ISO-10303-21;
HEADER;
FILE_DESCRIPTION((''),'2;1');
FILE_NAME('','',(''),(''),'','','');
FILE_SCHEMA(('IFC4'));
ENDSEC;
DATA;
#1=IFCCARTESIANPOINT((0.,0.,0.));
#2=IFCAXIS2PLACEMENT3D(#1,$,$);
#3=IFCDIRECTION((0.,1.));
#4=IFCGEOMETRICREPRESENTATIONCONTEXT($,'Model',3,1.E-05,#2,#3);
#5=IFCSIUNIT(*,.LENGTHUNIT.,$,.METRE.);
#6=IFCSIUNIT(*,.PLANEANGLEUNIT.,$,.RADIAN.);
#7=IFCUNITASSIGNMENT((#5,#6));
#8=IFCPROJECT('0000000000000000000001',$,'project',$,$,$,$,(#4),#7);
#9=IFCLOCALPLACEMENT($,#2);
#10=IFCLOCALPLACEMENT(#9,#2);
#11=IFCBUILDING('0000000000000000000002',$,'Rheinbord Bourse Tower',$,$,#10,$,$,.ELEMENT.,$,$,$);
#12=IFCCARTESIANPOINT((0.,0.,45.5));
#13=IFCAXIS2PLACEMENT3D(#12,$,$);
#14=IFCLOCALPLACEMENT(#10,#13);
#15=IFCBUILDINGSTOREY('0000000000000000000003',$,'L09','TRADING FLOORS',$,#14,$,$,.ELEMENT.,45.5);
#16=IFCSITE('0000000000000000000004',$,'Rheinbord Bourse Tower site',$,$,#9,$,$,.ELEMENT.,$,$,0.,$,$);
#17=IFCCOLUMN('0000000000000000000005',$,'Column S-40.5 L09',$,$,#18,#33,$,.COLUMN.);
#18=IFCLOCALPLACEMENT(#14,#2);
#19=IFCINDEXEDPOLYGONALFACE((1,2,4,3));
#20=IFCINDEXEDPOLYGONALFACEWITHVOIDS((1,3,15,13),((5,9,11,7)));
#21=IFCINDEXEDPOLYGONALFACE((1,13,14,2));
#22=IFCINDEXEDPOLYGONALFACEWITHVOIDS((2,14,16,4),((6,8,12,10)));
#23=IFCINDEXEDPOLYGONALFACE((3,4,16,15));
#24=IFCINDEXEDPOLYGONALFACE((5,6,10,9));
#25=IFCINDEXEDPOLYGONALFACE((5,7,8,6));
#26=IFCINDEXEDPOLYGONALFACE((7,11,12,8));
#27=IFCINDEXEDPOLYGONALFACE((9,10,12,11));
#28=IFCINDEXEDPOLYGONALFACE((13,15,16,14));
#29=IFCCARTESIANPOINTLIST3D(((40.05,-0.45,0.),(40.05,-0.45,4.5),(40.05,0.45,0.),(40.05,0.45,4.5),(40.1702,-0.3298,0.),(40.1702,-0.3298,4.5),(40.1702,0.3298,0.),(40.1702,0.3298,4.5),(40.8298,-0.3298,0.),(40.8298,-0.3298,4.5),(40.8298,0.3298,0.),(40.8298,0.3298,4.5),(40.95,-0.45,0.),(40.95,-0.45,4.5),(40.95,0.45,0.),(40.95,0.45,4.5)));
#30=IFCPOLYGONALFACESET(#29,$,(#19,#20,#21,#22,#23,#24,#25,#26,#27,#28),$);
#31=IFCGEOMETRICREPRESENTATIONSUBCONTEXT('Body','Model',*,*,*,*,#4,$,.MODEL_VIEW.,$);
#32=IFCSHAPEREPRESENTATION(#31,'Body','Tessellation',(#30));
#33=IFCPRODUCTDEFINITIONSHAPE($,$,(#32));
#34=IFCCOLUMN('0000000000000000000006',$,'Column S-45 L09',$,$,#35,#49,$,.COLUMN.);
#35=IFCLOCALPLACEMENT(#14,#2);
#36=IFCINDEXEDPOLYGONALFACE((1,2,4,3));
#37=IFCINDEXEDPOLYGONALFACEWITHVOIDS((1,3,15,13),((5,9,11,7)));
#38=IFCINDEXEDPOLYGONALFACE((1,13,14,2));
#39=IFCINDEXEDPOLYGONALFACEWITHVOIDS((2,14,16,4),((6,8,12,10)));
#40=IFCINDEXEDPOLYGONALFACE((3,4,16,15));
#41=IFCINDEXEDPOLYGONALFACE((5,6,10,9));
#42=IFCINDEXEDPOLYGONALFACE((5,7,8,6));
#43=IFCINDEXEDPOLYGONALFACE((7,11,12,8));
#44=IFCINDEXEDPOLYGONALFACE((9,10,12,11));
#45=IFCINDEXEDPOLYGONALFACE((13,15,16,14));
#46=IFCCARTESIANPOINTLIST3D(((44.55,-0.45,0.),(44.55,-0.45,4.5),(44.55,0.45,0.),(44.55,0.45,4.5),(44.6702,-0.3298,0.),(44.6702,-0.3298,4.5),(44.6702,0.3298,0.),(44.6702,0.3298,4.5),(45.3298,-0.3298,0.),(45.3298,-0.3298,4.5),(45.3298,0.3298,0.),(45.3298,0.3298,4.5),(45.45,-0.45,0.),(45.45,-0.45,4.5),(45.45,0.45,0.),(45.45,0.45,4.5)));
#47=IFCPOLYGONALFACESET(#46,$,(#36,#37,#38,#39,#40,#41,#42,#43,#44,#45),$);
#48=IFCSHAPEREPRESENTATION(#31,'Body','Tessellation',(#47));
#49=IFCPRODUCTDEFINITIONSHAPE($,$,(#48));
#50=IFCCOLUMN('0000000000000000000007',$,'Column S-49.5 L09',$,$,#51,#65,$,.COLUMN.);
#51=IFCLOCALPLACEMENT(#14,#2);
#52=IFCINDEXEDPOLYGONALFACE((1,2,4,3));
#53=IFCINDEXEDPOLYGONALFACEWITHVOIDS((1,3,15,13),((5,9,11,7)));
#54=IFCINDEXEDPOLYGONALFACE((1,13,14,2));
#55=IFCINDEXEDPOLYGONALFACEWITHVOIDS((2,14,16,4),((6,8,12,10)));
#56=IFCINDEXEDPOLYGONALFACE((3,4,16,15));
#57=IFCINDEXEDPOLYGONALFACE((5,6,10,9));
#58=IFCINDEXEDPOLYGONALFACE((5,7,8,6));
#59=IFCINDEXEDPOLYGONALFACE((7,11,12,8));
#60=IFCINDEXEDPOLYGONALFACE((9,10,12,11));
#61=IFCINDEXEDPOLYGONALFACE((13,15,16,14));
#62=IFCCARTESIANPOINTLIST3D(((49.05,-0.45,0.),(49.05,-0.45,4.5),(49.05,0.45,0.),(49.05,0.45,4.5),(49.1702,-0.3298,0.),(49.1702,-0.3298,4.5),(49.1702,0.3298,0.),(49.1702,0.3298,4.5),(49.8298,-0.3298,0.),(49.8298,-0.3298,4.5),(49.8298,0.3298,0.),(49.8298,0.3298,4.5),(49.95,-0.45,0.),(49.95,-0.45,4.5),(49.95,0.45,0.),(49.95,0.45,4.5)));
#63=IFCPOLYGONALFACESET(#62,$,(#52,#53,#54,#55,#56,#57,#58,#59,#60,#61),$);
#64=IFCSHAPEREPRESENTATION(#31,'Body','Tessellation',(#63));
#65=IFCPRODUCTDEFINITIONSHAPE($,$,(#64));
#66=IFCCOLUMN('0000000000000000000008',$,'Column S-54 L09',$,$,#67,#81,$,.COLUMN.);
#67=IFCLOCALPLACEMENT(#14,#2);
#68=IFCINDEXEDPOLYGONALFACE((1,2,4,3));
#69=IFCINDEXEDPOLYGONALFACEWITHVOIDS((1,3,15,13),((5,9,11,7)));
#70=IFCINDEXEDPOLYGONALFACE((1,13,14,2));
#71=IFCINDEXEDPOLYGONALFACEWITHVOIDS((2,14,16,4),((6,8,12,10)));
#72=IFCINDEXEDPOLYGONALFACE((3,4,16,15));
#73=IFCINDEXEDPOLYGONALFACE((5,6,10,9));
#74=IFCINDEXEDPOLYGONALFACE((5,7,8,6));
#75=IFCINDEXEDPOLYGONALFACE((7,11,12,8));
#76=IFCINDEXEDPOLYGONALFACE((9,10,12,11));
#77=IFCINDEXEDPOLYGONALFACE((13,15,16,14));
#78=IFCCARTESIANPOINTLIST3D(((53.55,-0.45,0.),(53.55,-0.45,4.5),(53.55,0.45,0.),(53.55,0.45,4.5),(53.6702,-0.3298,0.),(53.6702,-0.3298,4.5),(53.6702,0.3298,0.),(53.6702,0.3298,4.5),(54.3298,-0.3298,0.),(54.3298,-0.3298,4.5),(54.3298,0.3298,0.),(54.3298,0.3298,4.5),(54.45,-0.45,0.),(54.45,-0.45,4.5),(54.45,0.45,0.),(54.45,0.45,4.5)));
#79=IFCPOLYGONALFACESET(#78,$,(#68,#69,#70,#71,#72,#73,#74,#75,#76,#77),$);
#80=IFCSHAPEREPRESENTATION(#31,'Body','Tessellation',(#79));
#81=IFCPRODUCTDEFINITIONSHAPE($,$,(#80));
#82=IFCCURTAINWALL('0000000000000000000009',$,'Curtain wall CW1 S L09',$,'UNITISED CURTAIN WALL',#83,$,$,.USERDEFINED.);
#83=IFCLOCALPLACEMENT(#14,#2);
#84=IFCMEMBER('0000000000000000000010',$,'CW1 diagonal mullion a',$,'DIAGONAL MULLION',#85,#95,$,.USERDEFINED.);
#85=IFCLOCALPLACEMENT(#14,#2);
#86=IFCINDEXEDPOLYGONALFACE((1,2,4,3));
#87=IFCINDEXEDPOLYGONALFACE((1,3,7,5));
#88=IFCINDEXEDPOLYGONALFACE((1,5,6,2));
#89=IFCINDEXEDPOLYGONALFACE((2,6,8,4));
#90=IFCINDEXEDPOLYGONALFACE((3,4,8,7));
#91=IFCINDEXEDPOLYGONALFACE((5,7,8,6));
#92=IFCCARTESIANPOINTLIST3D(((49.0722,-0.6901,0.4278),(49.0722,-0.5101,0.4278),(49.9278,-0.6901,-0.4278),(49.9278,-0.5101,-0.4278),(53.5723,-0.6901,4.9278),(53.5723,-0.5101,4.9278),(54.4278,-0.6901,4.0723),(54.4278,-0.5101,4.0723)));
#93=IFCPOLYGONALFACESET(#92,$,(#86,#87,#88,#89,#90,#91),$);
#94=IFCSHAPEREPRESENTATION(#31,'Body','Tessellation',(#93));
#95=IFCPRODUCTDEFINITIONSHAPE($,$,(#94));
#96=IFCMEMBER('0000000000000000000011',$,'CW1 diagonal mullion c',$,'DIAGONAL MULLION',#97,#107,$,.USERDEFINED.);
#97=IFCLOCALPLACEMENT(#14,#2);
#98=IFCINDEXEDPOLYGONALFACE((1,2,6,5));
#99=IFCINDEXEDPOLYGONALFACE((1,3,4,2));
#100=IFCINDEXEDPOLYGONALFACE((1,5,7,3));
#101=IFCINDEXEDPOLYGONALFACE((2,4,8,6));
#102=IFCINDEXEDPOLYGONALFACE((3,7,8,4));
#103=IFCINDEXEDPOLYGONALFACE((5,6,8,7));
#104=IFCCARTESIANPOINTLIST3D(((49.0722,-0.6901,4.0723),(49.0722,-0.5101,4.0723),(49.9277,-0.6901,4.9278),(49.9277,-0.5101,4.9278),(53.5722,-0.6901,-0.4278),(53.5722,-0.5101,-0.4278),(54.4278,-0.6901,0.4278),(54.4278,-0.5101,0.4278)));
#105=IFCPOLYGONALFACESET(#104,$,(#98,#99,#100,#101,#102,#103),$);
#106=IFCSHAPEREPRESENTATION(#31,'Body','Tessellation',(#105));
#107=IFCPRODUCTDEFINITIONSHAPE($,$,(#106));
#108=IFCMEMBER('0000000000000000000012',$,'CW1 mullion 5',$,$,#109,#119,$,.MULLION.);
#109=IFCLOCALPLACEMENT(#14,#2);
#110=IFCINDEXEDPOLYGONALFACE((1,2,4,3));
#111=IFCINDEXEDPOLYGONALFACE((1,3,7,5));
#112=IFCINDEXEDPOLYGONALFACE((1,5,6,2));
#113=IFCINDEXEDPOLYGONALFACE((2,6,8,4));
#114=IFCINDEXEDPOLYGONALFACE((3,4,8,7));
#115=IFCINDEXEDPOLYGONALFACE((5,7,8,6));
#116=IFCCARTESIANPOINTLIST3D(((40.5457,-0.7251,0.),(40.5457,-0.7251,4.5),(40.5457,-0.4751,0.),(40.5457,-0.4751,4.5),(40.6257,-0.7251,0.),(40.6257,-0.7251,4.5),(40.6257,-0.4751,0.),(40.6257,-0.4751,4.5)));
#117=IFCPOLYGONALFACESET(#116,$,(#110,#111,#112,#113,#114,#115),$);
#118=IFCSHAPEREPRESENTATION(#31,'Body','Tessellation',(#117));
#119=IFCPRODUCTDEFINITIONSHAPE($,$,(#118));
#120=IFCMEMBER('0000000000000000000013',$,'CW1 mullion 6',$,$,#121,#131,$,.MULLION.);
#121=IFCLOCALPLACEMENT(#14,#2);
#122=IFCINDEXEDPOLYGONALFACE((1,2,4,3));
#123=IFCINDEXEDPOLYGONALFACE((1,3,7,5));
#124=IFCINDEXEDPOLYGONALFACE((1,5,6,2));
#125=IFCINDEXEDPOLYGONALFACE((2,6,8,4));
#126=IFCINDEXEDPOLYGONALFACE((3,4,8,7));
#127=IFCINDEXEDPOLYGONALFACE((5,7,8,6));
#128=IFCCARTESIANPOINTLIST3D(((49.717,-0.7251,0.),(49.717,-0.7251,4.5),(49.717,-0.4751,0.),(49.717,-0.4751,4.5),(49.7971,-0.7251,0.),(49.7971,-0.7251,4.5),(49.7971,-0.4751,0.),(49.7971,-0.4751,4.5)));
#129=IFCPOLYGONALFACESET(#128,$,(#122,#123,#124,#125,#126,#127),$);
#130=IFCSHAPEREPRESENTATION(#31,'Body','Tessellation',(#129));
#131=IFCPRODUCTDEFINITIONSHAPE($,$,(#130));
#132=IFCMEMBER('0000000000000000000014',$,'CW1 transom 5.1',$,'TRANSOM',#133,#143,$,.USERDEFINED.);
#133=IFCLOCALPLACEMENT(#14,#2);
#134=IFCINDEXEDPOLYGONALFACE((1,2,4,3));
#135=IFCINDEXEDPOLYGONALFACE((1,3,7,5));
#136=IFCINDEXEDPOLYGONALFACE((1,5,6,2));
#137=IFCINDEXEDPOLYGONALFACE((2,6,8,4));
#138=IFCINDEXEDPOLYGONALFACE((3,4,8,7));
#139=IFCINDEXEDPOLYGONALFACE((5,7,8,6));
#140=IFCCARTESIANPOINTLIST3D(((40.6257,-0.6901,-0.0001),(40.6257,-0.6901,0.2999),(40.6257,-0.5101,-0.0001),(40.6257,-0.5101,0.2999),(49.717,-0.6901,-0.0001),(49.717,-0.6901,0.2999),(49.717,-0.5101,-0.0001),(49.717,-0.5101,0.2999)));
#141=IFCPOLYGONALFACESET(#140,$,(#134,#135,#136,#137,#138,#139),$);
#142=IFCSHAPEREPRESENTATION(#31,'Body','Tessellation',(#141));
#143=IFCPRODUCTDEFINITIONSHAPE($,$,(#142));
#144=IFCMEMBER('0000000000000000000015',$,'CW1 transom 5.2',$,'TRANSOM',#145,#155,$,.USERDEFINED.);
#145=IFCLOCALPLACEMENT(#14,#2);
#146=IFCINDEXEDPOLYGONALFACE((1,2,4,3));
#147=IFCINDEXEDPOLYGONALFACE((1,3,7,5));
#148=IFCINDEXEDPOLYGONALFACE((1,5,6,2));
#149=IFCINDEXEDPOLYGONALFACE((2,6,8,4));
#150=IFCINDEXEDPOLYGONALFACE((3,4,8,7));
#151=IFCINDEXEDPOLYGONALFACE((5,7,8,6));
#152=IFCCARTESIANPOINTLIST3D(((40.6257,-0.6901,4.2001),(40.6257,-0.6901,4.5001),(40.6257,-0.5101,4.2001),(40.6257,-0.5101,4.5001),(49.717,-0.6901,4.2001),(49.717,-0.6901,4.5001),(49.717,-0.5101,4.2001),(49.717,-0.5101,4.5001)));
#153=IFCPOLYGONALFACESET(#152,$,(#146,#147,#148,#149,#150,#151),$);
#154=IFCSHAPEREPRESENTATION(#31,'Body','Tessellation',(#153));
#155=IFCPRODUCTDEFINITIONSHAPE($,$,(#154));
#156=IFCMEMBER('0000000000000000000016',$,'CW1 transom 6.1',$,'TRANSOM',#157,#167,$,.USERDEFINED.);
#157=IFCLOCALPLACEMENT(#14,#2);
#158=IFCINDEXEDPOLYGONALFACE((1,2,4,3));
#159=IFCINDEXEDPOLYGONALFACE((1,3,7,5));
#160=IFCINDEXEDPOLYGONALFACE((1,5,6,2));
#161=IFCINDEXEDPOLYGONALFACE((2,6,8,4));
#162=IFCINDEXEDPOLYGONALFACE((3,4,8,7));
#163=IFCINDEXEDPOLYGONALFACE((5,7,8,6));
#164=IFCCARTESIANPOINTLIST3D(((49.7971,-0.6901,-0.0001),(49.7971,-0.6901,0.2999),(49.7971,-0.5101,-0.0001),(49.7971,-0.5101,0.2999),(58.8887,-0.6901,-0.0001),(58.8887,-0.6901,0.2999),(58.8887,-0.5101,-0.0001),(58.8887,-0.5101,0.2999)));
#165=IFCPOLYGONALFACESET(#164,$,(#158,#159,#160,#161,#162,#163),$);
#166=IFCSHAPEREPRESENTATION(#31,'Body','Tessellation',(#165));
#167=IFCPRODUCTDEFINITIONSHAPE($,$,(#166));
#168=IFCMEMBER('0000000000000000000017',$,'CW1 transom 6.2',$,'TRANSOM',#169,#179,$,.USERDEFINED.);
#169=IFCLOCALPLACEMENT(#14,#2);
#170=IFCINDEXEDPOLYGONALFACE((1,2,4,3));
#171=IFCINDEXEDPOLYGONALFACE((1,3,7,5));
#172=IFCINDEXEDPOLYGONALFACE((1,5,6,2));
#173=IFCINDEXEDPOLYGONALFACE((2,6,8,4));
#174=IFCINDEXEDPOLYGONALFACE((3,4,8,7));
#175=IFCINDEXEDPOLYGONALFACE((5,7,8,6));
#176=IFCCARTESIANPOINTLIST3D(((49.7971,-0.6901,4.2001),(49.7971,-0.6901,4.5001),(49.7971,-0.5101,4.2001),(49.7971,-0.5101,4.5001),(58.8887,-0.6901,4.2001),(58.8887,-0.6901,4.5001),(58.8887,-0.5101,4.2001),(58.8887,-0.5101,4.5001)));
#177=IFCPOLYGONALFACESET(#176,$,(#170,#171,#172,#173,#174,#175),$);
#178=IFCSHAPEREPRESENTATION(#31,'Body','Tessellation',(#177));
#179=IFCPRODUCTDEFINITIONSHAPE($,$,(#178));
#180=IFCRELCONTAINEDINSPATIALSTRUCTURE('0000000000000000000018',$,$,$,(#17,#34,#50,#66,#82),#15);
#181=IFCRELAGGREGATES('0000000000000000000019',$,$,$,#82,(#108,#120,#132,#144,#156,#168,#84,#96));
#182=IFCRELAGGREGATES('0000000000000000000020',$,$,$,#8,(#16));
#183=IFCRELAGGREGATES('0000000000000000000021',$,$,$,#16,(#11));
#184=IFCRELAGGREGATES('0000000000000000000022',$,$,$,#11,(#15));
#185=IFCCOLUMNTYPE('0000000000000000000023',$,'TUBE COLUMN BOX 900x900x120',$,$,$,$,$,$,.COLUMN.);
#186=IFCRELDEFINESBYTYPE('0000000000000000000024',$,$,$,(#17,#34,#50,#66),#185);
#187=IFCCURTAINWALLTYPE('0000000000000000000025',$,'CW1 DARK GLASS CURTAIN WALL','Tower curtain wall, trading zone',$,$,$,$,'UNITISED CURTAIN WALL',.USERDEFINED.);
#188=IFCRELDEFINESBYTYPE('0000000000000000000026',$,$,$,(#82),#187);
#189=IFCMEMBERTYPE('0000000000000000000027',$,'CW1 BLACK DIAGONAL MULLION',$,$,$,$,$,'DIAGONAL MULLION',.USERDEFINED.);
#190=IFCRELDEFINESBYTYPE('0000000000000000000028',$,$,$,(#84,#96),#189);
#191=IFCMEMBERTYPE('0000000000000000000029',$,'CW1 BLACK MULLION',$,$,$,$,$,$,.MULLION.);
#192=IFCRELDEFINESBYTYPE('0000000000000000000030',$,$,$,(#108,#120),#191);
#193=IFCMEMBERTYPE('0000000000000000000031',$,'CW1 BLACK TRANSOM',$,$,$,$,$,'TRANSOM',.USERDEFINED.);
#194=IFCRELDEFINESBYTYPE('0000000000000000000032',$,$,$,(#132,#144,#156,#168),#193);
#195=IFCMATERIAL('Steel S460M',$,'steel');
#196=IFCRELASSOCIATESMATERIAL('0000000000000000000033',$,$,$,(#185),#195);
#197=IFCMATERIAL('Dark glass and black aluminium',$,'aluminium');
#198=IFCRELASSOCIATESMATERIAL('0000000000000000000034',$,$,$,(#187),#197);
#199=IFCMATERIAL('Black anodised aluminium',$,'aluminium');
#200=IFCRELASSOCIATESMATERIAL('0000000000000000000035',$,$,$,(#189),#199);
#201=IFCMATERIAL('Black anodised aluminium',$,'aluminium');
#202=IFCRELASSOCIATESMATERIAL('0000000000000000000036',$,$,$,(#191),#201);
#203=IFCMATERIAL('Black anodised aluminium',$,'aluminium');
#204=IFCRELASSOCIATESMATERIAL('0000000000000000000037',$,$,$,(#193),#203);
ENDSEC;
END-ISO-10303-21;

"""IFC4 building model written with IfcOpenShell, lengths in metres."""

from ifc_helpers import new_model, si_unit, direction, frame, origin, origin_2d, place, context, subcontext, project, spatial, rectangle, hollow_rectangle, extrude, material, material_profile, profile_set, type_object, element, aggregate, save


model = new_model("IFC4")

# Units and contexts
model_context = context("Model", 3, precision=1e-05, world=origin(), true_north=direction((0.0, 1.0)))
body_context = subcontext(model_context, "Body", "Model", "MODEL_VIEW")
ifc_project = project(units=[si_unit("LENGTHUNIT", "METRE"), si_unit("PLANEANGLEUNIT", "RADIAN")], contexts=[model_context])

# Site, building, storey
site_placement = place(None, origin())
site = spatial("IfcSite", under=ifc_project, at=site_placement, Name="Rheinbord Bourse Tower site", CompositionType="ELEMENT", RefElevation=0.0)
building_placement = place(site_placement, origin())
building = spatial("IfcBuilding", under=site, at=building_placement, Name="Rheinbord Bourse Tower", CompositionType="ELEMENT")
storey_placement = place(building_placement, frame((0.0, 0.0, 45.5)))
storey = spatial("IfcBuildingStorey", under=building, at=storey_placement, Name="L09", Description="TRADING FLOORS", CompositionType="ELEMENT", Elevation=45.5)

# Columns
ifc_material_1 = material(Name="Steel S460M", Category="steel")
ifc_material_profile_1 = material_profile(ifc_material_1, hollow_rectangle(XDim=0.8999, YDim=0.8999, WallThickness=0.1201, at=origin_2d()), Name="BOX 900x900x120")
ifc_profile_set_1 = profile_set([ifc_material_profile_1], Name="Steel S460M")
column_type = type_object("IfcColumnType", Name="TUBE COLUMN BOX 900x900x120", PredefinedType="COLUMN", material=ifc_profile_set_1)
for number, where, z_axis, x_axis, name in (
    (1, (40.5, 0.0, 0.0), (0.0, 0.0, 1.0), (0.0, 1.0, 0.0), "Column S-40.5 L09"),
    (2, (45.0, 0.0, 0.0), (0.0, 0.0, 1.0), (0.0, 1.0, 0.0), "Column S-45 L09"),
    (3, (49.5, 0.0, 0.0), (0.0, 0.0, 1.0), (0.0, 1.0, 0.0), "Column S-49.5 L09"),
    (4, (54.0, 0.0, 0.0), (0.0, 0.0, 1.0), (0.0, 1.0, 0.0), "Column S-54 L09"),
):
    element("IfcColumn", number, at=place(storey_placement, frame(where, z_axis=z_axis, x_axis=x_axis)), inside=storey, type_object=column_type, Name=name, PredefinedType="COLUMN", context=body_context, shape_type="SweptSolid", body=[
        extrude(hollow_rectangle(XDim=0.8999, YDim=0.8999, WallThickness=0.1201, at=origin_2d()), origin(), (0.0, 0.0, 1.0), 4.5),
    ])

# Curtain wall, members
ifc_material_2 = material(Name="Dark glass and black aluminium", Category="aluminium")
curtain_wall_type = type_object("IfcCurtainWallType", Name="CW1 DARK GLASS CURTAIN WALL", Description="Tower curtain wall, trading zone", ElementType="UNITISED CURTAIN WALL", PredefinedType="USERDEFINED", material=ifc_material_2)
curtain_wall_placement = place(storey_placement, origin())
curtain_wall = element("IfcCurtainWall", 5, at=curtain_wall_placement, inside=storey, type_object=curtain_wall_type, Name="Curtain wall CW1 S L09", ObjectType="UNITISED CURTAIN WALL", PredefinedType="USERDEFINED")
ifc_material_3 = material(Name="Black anodised aluminium", Category="aluminium")
ifc_material_profile_2 = material_profile(ifc_material_3, rectangle(XDim=0.1799, YDim=1.21, at=origin_2d()), Name="CW1 DIAGONAL MULLION 1210x180")
ifc_profile_set_2 = profile_set([ifc_material_profile_2], Name="Black anodised aluminium")
member_type_1 = type_object("IfcMemberType", Name="CW1 BLACK DIAGONAL MULLION", ElementType="DIAGONAL MULLION", PredefinedType="USERDEFINED", material=ifc_profile_set_2)
member_1_placement = place(storey_placement, frame((49.5, -0.6001, 0.0), z_axis=(0.707107, 0.0, 0.707107), x_axis=(0.0, 1.0, 0.0)))
member_1 = element("IfcMember", 6, at=member_1_placement, type_object=member_type_1, Name="CW1 diagonal mullion a", ObjectType="DIAGONAL MULLION", PredefinedType="USERDEFINED", context=body_context, shape_type="SweptSolid", body=[
    extrude(rectangle(XDim=0.1799, YDim=1.21, at=origin_2d()), origin(), (0.0, 0.0, 1.0), 6.364),
])
member_2_placement = place(storey_placement, frame((54.0, -0.6001, 0.0), z_axis=(-0.707107, 0.0, 0.707107), x_axis=(0.0, -1.0, 0.0)))
member_2 = element("IfcMember", 7, at=member_2_placement, type_object=member_type_1, Name="CW1 diagonal mullion c", ObjectType="DIAGONAL MULLION", PredefinedType="USERDEFINED", context=body_context, shape_type="SweptSolid", body=[
    extrude(rectangle(XDim=0.1799, YDim=1.21, at=origin_2d()), origin(), (0.0, 0.0, 1.0), 6.364),
])
ifc_material_4 = material(Name="Black anodised aluminium", Category="aluminium")
ifc_material_profile_3 = material_profile(ifc_material_4, rectangle(XDim=0.25, YDim=0.0801, at=origin_2d()), Name="CW1 MULLION 80x250")
ifc_profile_set_3 = profile_set([ifc_material_profile_3], Name="Black anodised aluminium")
member_type_2 = type_object("IfcMemberType", Name="CW1 BLACK MULLION", PredefinedType="MULLION", material=ifc_profile_set_3)
member_3_placement = place(storey_placement, frame((40.5857, -0.6001, 0.0), z_axis=(0.0, 0.0, 1.0), x_axis=(0.0, 1.0, 0.0)))
member_3 = element("IfcMember", 8, at=member_3_placement, type_object=member_type_2, Name="CW1 mullion 5", PredefinedType="MULLION", context=body_context, shape_type="SweptSolid", body=[
    extrude(rectangle(XDim=0.25, YDim=0.0801, at=origin_2d()), origin(), (0.0, 0.0, 1.0), 4.5),
])
member_4_placement = place(storey_placement, frame((49.7571, -0.6001, 0.0), z_axis=(0.0, 0.0, 1.0), x_axis=(0.0, 1.0, 0.0)))
member_4 = element("IfcMember", 9, at=member_4_placement, type_object=member_type_2, Name="CW1 mullion 6", PredefinedType="MULLION", context=body_context, shape_type="SweptSolid", body=[
    extrude(rectangle(XDim=0.25, YDim=0.0801, at=origin_2d()), origin(), (0.0, 0.0, 1.0), 4.5),
])
ifc_material_5 = material(Name="Black anodised aluminium", Category="aluminium")
ifc_material_profile_4 = material_profile(ifc_material_5, rectangle(XDim=0.1799, YDim=0.3, at=origin_2d()), Name="CW1 TRANSOM 300x180")
ifc_profile_set_4 = profile_set([ifc_material_profile_4], Name="Black anodised aluminium")
member_type_3 = type_object("IfcMemberType", Name="CW1 BLACK TRANSOM", ElementType="TRANSOM", PredefinedType="USERDEFINED", material=ifc_profile_set_4)
member_5_placement = place(storey_placement, frame((40.6257, -0.6001, 0.1499), z_axis=(1.0, 0.0, 0.0), x_axis=(0.0, 1.0, 0.0)))
member_5 = element("IfcMember", 10, at=member_5_placement, type_object=member_type_3, Name="CW1 transom 5.1", ObjectType="TRANSOM", PredefinedType="USERDEFINED", context=body_context, shape_type="SweptSolid", body=[
    extrude(rectangle(XDim=0.1799, YDim=0.3, at=origin_2d()), origin(), (0.0, 0.0, 1.0), 9.0913),
])
member_6_placement = place(storey_placement, frame((40.6257, -0.6001, 4.3501), z_axis=(1.0, 0.0, 0.0), x_axis=(0.0, 1.0, 0.0)))
member_6 = element("IfcMember", 11, at=member_6_placement, type_object=member_type_3, Name="CW1 transom 5.2", ObjectType="TRANSOM", PredefinedType="USERDEFINED", context=body_context, shape_type="SweptSolid", body=[
    extrude(rectangle(XDim=0.1799, YDim=0.3, at=origin_2d()), origin(), (0.0, 0.0, 1.0), 9.0913),
])
member_7_placement = place(storey_placement, frame((49.7971, -0.6001, 0.1499), z_axis=(1.0, 0.0, 0.0), x_axis=(0.0, 1.0, 0.0)))
member_7 = element("IfcMember", 12, at=member_7_placement, type_object=member_type_3, Name="CW1 transom 6.1", ObjectType="TRANSOM", PredefinedType="USERDEFINED", context=body_context, shape_type="SweptSolid", body=[
    extrude(rectangle(XDim=0.1799, YDim=0.3, at=origin_2d()), origin(), (0.0, 0.0, 1.0), 9.0916),
])
member_8_placement = place(storey_placement, frame((49.7971, -0.6001, 4.3501), z_axis=(1.0, 0.0, 0.0), x_axis=(0.0, 1.0, 0.0)))
member_8 = element("IfcMember", 13, at=member_8_placement, type_object=member_type_3, Name="CW1 transom 6.2", ObjectType="TRANSOM", PredefinedType="USERDEFINED", context=body_context, shape_type="SweptSolid", body=[
    extrude(rectangle(XDim=0.1799, YDim=0.3, at=origin_2d()), origin(), (0.0, 0.0, 1.0), 9.0916),
])

aggregate(curtain_wall, [member_3, member_4, member_5, member_6, member_7, member_8, member_1, member_2])

save(model, "model.ifc")
